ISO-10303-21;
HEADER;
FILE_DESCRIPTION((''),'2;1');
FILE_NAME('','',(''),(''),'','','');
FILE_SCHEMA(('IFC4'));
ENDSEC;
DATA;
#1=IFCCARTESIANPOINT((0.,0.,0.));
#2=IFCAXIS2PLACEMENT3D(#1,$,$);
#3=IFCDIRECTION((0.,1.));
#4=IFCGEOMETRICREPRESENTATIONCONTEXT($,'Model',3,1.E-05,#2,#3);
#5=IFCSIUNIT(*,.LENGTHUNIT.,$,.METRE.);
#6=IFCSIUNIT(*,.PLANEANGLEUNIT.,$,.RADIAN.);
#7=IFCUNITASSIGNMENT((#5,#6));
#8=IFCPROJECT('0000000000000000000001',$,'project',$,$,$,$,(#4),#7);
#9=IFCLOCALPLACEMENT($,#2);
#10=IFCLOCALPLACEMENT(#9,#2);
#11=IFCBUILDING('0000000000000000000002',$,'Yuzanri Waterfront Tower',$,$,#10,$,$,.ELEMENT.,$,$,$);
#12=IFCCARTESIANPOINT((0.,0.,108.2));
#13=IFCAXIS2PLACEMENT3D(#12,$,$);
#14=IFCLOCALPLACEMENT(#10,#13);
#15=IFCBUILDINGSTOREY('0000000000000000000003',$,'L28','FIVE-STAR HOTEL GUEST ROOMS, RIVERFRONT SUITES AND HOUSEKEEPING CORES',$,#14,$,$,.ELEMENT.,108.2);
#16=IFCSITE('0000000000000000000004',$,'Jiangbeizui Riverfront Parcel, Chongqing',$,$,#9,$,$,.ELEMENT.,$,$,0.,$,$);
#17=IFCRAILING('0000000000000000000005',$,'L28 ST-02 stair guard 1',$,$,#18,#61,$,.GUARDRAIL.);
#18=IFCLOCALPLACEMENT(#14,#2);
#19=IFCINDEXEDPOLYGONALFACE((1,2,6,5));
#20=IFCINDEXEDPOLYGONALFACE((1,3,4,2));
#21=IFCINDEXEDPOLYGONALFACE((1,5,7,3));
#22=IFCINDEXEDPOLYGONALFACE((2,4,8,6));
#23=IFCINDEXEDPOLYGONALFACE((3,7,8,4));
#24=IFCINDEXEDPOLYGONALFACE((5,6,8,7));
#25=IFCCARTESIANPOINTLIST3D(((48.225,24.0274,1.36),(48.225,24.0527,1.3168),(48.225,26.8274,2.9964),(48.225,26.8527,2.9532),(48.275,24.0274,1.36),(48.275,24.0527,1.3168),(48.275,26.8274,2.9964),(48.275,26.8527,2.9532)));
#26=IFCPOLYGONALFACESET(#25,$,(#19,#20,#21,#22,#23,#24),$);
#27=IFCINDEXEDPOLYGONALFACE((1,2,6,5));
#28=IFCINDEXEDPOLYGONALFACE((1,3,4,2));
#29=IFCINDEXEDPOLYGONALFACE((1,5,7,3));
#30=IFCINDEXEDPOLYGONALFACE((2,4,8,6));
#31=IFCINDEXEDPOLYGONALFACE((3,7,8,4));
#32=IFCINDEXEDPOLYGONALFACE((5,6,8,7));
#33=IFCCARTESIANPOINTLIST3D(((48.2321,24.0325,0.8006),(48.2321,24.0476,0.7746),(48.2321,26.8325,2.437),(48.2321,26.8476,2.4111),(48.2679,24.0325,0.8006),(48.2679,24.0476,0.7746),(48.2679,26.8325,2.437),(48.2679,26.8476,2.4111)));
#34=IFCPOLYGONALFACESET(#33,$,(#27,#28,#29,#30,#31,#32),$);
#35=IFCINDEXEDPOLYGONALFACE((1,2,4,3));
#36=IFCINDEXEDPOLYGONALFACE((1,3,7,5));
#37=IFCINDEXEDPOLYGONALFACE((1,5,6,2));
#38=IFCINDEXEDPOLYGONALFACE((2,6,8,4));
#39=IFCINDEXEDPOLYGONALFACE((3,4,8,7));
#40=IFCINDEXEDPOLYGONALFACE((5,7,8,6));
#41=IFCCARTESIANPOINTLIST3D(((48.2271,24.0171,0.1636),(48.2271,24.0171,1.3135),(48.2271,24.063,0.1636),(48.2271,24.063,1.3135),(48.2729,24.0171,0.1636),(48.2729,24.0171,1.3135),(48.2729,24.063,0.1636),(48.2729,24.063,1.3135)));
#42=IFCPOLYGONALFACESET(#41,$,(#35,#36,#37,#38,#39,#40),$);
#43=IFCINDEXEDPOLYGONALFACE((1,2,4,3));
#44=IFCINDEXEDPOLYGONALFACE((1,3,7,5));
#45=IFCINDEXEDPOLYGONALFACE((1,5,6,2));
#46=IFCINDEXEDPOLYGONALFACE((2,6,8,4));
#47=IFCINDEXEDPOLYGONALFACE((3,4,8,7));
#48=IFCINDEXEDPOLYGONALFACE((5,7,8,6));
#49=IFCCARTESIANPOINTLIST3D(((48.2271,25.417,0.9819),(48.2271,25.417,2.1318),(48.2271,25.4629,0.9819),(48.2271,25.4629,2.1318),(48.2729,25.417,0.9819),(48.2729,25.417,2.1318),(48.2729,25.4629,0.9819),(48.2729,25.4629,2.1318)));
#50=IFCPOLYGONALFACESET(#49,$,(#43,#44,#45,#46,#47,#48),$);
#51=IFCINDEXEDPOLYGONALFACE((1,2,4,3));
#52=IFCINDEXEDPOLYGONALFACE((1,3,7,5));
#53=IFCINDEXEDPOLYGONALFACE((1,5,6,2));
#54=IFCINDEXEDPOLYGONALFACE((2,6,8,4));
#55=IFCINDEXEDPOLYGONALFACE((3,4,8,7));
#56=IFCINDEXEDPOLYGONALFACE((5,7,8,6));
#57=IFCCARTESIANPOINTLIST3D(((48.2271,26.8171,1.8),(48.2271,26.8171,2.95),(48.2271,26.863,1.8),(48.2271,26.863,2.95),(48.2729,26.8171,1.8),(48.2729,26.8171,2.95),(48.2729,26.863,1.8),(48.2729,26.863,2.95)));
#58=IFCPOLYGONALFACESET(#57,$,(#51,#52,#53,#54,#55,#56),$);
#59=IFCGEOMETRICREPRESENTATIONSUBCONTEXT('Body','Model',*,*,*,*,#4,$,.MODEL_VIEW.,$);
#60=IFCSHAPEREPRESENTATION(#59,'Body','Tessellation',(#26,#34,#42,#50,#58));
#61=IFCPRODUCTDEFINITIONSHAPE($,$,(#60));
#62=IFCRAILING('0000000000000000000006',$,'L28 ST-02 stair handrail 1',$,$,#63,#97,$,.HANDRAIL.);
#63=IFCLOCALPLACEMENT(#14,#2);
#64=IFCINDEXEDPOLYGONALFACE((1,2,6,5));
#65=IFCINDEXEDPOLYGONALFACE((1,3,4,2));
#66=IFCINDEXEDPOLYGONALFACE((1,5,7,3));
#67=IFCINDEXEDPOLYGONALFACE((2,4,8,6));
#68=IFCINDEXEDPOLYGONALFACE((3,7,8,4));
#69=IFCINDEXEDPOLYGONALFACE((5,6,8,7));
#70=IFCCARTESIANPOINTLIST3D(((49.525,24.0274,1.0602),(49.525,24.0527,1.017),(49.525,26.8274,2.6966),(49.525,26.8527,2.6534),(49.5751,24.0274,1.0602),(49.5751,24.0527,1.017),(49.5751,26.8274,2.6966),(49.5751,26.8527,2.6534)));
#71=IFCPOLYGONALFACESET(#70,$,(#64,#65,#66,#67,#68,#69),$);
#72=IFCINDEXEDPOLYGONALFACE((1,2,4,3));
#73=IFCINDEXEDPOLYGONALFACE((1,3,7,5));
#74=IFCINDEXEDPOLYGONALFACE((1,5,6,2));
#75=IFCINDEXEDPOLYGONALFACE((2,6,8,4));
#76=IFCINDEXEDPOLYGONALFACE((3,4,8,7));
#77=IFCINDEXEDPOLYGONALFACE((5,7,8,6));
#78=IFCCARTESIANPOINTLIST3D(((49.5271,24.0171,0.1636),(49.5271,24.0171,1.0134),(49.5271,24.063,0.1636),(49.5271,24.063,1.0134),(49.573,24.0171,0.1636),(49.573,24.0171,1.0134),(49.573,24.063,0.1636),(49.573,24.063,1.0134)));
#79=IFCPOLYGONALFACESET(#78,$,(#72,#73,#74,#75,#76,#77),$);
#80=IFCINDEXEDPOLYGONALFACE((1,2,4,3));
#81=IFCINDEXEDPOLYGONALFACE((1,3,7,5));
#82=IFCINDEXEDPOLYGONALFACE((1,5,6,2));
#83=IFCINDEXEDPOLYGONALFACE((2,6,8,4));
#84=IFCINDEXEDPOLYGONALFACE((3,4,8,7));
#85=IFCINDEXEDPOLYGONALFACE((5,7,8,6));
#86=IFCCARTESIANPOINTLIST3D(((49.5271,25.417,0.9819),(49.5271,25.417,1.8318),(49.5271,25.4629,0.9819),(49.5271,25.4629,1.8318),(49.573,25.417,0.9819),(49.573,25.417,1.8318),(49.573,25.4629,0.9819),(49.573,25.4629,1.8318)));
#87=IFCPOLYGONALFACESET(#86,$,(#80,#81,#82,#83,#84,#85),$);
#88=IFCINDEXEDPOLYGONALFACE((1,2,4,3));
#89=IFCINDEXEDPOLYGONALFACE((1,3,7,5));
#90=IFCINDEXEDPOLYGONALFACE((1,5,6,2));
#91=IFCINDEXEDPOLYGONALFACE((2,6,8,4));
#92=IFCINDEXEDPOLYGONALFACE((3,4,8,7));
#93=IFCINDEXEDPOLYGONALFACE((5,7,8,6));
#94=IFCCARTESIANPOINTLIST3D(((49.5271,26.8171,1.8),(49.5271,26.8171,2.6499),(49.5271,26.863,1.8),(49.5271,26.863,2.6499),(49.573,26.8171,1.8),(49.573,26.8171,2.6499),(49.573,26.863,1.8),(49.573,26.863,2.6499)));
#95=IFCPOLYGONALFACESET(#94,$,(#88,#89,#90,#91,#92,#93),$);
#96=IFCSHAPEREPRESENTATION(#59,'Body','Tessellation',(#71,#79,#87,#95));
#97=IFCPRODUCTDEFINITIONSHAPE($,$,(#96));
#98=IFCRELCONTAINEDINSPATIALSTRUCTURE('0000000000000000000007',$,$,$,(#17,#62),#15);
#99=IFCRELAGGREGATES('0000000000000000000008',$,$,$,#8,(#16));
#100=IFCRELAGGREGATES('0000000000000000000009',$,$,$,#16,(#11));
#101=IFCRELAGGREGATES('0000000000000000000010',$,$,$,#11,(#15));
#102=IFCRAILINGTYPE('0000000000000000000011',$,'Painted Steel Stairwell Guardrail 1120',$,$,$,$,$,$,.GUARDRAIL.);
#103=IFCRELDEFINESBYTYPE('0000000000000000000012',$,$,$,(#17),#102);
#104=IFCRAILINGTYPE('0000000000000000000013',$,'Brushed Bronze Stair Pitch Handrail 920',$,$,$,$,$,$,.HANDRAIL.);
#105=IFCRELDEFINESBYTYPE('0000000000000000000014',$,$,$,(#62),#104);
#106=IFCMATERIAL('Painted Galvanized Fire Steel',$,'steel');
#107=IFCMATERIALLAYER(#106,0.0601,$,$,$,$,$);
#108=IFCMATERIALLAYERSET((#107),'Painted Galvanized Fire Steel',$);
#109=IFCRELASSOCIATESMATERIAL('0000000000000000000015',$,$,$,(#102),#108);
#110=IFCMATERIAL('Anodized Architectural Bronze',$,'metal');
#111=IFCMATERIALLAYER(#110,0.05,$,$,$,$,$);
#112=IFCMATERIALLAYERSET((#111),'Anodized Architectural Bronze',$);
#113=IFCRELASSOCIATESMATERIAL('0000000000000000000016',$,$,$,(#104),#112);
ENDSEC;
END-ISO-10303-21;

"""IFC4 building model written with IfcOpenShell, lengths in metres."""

from ifc_helpers import new_model, si_unit, direction, frame, origin, origin_2d, place, context, subcontext, project, spatial, rectangle, extrude, source, transform, mapped, material, layer, layer_set, type_object, element, save


model = new_model("IFC4")

# Units and contexts
model_context = context("Model", 3, precision=1e-05, world=origin(), true_north=direction((0.0, 1.0)))
body_context = subcontext(model_context, "Body", "Model", "MODEL_VIEW")
ifc_project = project(units=[si_unit("LENGTHUNIT", "METRE"), si_unit("PLANEANGLEUNIT", "RADIAN")], contexts=[model_context])

# Site, building, storey
site_placement = place(None, origin())
site = spatial("IfcSite", under=ifc_project, at=site_placement, Name="Jiangbeizui Riverfront Parcel, Chongqing", CompositionType="ELEMENT", RefElevation=0.0)
building_placement = place(site_placement, origin())
building = spatial("IfcBuilding", under=site, at=building_placement, Name="Yuzanri Waterfront Tower", CompositionType="ELEMENT")
storey_placement = place(building_placement, frame((0.0, 0.0, 108.2)))
storey = spatial("IfcBuildingStorey", under=building, at=storey_placement, Name="L28", Description="FIVE-STAR HOTEL GUEST ROOMS, RIVERFRONT SUITES AND HOUSEKEEPING CORES", CompositionType="ELEMENT", Elevation=108.2)

# Railings
ifc_material_1 = material(Name="Painted Galvanized Fire Steel", Category="steel")
ifc_layer_1 = layer(ifc_material_1, 0.0601)
ifc_layer_set_1 = layer_set([ifc_layer_1], Name="Painted Galvanized Fire Steel")
railing_type_1 = type_object("IfcRailingType", Name="Painted Steel Stairwell Guardrail 1120", PredefinedType="GUARDRAIL", material=ifc_layer_set_1)
shared_shape_1 = source(origin(), body_context, "Body", "SweptSolid", [
    extrude(rectangle(XDim=0.05, YDim=0.05, at=origin_2d()), frame((0.0, 0.0, 1.1748), z_axis=(0.0, 0.863361, 0.504587), x_axis=(-1.0, 0.0, 0.0)), (0.0, 0.0, 1.0), 3.2432),
    extrude(rectangle(XDim=0.0359, YDim=0.03, at=origin_2d()), frame((0.0, 0.0, 0.624), z_axis=(0.0, 0.863361, 0.504587), x_axis=(-1.0, 0.0, 0.0)), (0.0, 0.0, 1.0), 3.2432),
    extrude(rectangle(XDim=0.0459, YDim=0.0459, at=origin_2d()), origin(), (0.0, 0.0, 1.0), 1.1499),
    extrude(rectangle(XDim=0.0459, YDim=0.0459, at=origin_2d()), frame((0.0, 1.3999, 0.8184)), (0.0, 0.0, 1.0), 1.1499),
    extrude(rectangle(XDim=0.0459, YDim=0.0459, at=origin_2d()), frame((0.0, 2.8, 1.6365)), (0.0, 0.0, 1.0), 1.1499),
])
railing_1_placement = place(storey_placement, frame((48.25, 24.04, 0.1636)))
element("IfcRailing", 1, at=railing_1_placement, inside=storey, type_object=railing_type_1, Name="L28 ST-02 stair guard 1", PredefinedType="GUARDRAIL", context=body_context, shape_type="MappedRepresentation", body=[
    mapped(shared_shape_1, transform((0.0, 0.0, 0.0), scale=1.0)),
])
ifc_material_2 = material(Name="Anodized Architectural Bronze", Category="metal")
ifc_layer_2 = layer(ifc_material_2, 0.05)
ifc_layer_set_2 = layer_set([ifc_layer_2], Name="Anodized Architectural Bronze")
railing_type_2 = type_object("IfcRailingType", Name="Brushed Bronze Stair Pitch Handrail 920", PredefinedType="HANDRAIL", material=ifc_layer_set_2)
shared_shape_2 = source(origin(), body_context, "Body", "SweptSolid", [
    extrude(rectangle(XDim=0.05, YDim=0.05, at=origin_2d()), frame((0.0, 0.0, 0.875), z_axis=(0.0, 0.863361, 0.504587), x_axis=(-1.0, 0.0, 0.0)), (0.0, 0.0, 1.0), 3.2432),
    extrude(rectangle(XDim=0.0459, YDim=0.0459, at=origin_2d()), origin(), (0.0, 0.0, 1.0), 0.8499),
    extrude(rectangle(XDim=0.0459, YDim=0.0459, at=origin_2d()), frame((0.0, 1.3999, 0.8184)), (0.0, 0.0, 1.0), 0.8499),
    extrude(rectangle(XDim=0.0459, YDim=0.0459, at=origin_2d()), frame((0.0, 2.8, 1.6365)), (0.0, 0.0, 1.0), 0.8499),
])
railing_2_placement = place(storey_placement, frame((49.55, 24.04, 0.1636)))
element("IfcRailing", 2, at=railing_2_placement, inside=storey, type_object=railing_type_2, Name="L28 ST-02 stair handrail 1", PredefinedType="HANDRAIL", context=body_context, shape_type="MappedRepresentation", body=[
    mapped(shared_shape_2, transform((0.0, 0.0, 0.0), scale=1.0)),
])

save(model, "model.ifc")
